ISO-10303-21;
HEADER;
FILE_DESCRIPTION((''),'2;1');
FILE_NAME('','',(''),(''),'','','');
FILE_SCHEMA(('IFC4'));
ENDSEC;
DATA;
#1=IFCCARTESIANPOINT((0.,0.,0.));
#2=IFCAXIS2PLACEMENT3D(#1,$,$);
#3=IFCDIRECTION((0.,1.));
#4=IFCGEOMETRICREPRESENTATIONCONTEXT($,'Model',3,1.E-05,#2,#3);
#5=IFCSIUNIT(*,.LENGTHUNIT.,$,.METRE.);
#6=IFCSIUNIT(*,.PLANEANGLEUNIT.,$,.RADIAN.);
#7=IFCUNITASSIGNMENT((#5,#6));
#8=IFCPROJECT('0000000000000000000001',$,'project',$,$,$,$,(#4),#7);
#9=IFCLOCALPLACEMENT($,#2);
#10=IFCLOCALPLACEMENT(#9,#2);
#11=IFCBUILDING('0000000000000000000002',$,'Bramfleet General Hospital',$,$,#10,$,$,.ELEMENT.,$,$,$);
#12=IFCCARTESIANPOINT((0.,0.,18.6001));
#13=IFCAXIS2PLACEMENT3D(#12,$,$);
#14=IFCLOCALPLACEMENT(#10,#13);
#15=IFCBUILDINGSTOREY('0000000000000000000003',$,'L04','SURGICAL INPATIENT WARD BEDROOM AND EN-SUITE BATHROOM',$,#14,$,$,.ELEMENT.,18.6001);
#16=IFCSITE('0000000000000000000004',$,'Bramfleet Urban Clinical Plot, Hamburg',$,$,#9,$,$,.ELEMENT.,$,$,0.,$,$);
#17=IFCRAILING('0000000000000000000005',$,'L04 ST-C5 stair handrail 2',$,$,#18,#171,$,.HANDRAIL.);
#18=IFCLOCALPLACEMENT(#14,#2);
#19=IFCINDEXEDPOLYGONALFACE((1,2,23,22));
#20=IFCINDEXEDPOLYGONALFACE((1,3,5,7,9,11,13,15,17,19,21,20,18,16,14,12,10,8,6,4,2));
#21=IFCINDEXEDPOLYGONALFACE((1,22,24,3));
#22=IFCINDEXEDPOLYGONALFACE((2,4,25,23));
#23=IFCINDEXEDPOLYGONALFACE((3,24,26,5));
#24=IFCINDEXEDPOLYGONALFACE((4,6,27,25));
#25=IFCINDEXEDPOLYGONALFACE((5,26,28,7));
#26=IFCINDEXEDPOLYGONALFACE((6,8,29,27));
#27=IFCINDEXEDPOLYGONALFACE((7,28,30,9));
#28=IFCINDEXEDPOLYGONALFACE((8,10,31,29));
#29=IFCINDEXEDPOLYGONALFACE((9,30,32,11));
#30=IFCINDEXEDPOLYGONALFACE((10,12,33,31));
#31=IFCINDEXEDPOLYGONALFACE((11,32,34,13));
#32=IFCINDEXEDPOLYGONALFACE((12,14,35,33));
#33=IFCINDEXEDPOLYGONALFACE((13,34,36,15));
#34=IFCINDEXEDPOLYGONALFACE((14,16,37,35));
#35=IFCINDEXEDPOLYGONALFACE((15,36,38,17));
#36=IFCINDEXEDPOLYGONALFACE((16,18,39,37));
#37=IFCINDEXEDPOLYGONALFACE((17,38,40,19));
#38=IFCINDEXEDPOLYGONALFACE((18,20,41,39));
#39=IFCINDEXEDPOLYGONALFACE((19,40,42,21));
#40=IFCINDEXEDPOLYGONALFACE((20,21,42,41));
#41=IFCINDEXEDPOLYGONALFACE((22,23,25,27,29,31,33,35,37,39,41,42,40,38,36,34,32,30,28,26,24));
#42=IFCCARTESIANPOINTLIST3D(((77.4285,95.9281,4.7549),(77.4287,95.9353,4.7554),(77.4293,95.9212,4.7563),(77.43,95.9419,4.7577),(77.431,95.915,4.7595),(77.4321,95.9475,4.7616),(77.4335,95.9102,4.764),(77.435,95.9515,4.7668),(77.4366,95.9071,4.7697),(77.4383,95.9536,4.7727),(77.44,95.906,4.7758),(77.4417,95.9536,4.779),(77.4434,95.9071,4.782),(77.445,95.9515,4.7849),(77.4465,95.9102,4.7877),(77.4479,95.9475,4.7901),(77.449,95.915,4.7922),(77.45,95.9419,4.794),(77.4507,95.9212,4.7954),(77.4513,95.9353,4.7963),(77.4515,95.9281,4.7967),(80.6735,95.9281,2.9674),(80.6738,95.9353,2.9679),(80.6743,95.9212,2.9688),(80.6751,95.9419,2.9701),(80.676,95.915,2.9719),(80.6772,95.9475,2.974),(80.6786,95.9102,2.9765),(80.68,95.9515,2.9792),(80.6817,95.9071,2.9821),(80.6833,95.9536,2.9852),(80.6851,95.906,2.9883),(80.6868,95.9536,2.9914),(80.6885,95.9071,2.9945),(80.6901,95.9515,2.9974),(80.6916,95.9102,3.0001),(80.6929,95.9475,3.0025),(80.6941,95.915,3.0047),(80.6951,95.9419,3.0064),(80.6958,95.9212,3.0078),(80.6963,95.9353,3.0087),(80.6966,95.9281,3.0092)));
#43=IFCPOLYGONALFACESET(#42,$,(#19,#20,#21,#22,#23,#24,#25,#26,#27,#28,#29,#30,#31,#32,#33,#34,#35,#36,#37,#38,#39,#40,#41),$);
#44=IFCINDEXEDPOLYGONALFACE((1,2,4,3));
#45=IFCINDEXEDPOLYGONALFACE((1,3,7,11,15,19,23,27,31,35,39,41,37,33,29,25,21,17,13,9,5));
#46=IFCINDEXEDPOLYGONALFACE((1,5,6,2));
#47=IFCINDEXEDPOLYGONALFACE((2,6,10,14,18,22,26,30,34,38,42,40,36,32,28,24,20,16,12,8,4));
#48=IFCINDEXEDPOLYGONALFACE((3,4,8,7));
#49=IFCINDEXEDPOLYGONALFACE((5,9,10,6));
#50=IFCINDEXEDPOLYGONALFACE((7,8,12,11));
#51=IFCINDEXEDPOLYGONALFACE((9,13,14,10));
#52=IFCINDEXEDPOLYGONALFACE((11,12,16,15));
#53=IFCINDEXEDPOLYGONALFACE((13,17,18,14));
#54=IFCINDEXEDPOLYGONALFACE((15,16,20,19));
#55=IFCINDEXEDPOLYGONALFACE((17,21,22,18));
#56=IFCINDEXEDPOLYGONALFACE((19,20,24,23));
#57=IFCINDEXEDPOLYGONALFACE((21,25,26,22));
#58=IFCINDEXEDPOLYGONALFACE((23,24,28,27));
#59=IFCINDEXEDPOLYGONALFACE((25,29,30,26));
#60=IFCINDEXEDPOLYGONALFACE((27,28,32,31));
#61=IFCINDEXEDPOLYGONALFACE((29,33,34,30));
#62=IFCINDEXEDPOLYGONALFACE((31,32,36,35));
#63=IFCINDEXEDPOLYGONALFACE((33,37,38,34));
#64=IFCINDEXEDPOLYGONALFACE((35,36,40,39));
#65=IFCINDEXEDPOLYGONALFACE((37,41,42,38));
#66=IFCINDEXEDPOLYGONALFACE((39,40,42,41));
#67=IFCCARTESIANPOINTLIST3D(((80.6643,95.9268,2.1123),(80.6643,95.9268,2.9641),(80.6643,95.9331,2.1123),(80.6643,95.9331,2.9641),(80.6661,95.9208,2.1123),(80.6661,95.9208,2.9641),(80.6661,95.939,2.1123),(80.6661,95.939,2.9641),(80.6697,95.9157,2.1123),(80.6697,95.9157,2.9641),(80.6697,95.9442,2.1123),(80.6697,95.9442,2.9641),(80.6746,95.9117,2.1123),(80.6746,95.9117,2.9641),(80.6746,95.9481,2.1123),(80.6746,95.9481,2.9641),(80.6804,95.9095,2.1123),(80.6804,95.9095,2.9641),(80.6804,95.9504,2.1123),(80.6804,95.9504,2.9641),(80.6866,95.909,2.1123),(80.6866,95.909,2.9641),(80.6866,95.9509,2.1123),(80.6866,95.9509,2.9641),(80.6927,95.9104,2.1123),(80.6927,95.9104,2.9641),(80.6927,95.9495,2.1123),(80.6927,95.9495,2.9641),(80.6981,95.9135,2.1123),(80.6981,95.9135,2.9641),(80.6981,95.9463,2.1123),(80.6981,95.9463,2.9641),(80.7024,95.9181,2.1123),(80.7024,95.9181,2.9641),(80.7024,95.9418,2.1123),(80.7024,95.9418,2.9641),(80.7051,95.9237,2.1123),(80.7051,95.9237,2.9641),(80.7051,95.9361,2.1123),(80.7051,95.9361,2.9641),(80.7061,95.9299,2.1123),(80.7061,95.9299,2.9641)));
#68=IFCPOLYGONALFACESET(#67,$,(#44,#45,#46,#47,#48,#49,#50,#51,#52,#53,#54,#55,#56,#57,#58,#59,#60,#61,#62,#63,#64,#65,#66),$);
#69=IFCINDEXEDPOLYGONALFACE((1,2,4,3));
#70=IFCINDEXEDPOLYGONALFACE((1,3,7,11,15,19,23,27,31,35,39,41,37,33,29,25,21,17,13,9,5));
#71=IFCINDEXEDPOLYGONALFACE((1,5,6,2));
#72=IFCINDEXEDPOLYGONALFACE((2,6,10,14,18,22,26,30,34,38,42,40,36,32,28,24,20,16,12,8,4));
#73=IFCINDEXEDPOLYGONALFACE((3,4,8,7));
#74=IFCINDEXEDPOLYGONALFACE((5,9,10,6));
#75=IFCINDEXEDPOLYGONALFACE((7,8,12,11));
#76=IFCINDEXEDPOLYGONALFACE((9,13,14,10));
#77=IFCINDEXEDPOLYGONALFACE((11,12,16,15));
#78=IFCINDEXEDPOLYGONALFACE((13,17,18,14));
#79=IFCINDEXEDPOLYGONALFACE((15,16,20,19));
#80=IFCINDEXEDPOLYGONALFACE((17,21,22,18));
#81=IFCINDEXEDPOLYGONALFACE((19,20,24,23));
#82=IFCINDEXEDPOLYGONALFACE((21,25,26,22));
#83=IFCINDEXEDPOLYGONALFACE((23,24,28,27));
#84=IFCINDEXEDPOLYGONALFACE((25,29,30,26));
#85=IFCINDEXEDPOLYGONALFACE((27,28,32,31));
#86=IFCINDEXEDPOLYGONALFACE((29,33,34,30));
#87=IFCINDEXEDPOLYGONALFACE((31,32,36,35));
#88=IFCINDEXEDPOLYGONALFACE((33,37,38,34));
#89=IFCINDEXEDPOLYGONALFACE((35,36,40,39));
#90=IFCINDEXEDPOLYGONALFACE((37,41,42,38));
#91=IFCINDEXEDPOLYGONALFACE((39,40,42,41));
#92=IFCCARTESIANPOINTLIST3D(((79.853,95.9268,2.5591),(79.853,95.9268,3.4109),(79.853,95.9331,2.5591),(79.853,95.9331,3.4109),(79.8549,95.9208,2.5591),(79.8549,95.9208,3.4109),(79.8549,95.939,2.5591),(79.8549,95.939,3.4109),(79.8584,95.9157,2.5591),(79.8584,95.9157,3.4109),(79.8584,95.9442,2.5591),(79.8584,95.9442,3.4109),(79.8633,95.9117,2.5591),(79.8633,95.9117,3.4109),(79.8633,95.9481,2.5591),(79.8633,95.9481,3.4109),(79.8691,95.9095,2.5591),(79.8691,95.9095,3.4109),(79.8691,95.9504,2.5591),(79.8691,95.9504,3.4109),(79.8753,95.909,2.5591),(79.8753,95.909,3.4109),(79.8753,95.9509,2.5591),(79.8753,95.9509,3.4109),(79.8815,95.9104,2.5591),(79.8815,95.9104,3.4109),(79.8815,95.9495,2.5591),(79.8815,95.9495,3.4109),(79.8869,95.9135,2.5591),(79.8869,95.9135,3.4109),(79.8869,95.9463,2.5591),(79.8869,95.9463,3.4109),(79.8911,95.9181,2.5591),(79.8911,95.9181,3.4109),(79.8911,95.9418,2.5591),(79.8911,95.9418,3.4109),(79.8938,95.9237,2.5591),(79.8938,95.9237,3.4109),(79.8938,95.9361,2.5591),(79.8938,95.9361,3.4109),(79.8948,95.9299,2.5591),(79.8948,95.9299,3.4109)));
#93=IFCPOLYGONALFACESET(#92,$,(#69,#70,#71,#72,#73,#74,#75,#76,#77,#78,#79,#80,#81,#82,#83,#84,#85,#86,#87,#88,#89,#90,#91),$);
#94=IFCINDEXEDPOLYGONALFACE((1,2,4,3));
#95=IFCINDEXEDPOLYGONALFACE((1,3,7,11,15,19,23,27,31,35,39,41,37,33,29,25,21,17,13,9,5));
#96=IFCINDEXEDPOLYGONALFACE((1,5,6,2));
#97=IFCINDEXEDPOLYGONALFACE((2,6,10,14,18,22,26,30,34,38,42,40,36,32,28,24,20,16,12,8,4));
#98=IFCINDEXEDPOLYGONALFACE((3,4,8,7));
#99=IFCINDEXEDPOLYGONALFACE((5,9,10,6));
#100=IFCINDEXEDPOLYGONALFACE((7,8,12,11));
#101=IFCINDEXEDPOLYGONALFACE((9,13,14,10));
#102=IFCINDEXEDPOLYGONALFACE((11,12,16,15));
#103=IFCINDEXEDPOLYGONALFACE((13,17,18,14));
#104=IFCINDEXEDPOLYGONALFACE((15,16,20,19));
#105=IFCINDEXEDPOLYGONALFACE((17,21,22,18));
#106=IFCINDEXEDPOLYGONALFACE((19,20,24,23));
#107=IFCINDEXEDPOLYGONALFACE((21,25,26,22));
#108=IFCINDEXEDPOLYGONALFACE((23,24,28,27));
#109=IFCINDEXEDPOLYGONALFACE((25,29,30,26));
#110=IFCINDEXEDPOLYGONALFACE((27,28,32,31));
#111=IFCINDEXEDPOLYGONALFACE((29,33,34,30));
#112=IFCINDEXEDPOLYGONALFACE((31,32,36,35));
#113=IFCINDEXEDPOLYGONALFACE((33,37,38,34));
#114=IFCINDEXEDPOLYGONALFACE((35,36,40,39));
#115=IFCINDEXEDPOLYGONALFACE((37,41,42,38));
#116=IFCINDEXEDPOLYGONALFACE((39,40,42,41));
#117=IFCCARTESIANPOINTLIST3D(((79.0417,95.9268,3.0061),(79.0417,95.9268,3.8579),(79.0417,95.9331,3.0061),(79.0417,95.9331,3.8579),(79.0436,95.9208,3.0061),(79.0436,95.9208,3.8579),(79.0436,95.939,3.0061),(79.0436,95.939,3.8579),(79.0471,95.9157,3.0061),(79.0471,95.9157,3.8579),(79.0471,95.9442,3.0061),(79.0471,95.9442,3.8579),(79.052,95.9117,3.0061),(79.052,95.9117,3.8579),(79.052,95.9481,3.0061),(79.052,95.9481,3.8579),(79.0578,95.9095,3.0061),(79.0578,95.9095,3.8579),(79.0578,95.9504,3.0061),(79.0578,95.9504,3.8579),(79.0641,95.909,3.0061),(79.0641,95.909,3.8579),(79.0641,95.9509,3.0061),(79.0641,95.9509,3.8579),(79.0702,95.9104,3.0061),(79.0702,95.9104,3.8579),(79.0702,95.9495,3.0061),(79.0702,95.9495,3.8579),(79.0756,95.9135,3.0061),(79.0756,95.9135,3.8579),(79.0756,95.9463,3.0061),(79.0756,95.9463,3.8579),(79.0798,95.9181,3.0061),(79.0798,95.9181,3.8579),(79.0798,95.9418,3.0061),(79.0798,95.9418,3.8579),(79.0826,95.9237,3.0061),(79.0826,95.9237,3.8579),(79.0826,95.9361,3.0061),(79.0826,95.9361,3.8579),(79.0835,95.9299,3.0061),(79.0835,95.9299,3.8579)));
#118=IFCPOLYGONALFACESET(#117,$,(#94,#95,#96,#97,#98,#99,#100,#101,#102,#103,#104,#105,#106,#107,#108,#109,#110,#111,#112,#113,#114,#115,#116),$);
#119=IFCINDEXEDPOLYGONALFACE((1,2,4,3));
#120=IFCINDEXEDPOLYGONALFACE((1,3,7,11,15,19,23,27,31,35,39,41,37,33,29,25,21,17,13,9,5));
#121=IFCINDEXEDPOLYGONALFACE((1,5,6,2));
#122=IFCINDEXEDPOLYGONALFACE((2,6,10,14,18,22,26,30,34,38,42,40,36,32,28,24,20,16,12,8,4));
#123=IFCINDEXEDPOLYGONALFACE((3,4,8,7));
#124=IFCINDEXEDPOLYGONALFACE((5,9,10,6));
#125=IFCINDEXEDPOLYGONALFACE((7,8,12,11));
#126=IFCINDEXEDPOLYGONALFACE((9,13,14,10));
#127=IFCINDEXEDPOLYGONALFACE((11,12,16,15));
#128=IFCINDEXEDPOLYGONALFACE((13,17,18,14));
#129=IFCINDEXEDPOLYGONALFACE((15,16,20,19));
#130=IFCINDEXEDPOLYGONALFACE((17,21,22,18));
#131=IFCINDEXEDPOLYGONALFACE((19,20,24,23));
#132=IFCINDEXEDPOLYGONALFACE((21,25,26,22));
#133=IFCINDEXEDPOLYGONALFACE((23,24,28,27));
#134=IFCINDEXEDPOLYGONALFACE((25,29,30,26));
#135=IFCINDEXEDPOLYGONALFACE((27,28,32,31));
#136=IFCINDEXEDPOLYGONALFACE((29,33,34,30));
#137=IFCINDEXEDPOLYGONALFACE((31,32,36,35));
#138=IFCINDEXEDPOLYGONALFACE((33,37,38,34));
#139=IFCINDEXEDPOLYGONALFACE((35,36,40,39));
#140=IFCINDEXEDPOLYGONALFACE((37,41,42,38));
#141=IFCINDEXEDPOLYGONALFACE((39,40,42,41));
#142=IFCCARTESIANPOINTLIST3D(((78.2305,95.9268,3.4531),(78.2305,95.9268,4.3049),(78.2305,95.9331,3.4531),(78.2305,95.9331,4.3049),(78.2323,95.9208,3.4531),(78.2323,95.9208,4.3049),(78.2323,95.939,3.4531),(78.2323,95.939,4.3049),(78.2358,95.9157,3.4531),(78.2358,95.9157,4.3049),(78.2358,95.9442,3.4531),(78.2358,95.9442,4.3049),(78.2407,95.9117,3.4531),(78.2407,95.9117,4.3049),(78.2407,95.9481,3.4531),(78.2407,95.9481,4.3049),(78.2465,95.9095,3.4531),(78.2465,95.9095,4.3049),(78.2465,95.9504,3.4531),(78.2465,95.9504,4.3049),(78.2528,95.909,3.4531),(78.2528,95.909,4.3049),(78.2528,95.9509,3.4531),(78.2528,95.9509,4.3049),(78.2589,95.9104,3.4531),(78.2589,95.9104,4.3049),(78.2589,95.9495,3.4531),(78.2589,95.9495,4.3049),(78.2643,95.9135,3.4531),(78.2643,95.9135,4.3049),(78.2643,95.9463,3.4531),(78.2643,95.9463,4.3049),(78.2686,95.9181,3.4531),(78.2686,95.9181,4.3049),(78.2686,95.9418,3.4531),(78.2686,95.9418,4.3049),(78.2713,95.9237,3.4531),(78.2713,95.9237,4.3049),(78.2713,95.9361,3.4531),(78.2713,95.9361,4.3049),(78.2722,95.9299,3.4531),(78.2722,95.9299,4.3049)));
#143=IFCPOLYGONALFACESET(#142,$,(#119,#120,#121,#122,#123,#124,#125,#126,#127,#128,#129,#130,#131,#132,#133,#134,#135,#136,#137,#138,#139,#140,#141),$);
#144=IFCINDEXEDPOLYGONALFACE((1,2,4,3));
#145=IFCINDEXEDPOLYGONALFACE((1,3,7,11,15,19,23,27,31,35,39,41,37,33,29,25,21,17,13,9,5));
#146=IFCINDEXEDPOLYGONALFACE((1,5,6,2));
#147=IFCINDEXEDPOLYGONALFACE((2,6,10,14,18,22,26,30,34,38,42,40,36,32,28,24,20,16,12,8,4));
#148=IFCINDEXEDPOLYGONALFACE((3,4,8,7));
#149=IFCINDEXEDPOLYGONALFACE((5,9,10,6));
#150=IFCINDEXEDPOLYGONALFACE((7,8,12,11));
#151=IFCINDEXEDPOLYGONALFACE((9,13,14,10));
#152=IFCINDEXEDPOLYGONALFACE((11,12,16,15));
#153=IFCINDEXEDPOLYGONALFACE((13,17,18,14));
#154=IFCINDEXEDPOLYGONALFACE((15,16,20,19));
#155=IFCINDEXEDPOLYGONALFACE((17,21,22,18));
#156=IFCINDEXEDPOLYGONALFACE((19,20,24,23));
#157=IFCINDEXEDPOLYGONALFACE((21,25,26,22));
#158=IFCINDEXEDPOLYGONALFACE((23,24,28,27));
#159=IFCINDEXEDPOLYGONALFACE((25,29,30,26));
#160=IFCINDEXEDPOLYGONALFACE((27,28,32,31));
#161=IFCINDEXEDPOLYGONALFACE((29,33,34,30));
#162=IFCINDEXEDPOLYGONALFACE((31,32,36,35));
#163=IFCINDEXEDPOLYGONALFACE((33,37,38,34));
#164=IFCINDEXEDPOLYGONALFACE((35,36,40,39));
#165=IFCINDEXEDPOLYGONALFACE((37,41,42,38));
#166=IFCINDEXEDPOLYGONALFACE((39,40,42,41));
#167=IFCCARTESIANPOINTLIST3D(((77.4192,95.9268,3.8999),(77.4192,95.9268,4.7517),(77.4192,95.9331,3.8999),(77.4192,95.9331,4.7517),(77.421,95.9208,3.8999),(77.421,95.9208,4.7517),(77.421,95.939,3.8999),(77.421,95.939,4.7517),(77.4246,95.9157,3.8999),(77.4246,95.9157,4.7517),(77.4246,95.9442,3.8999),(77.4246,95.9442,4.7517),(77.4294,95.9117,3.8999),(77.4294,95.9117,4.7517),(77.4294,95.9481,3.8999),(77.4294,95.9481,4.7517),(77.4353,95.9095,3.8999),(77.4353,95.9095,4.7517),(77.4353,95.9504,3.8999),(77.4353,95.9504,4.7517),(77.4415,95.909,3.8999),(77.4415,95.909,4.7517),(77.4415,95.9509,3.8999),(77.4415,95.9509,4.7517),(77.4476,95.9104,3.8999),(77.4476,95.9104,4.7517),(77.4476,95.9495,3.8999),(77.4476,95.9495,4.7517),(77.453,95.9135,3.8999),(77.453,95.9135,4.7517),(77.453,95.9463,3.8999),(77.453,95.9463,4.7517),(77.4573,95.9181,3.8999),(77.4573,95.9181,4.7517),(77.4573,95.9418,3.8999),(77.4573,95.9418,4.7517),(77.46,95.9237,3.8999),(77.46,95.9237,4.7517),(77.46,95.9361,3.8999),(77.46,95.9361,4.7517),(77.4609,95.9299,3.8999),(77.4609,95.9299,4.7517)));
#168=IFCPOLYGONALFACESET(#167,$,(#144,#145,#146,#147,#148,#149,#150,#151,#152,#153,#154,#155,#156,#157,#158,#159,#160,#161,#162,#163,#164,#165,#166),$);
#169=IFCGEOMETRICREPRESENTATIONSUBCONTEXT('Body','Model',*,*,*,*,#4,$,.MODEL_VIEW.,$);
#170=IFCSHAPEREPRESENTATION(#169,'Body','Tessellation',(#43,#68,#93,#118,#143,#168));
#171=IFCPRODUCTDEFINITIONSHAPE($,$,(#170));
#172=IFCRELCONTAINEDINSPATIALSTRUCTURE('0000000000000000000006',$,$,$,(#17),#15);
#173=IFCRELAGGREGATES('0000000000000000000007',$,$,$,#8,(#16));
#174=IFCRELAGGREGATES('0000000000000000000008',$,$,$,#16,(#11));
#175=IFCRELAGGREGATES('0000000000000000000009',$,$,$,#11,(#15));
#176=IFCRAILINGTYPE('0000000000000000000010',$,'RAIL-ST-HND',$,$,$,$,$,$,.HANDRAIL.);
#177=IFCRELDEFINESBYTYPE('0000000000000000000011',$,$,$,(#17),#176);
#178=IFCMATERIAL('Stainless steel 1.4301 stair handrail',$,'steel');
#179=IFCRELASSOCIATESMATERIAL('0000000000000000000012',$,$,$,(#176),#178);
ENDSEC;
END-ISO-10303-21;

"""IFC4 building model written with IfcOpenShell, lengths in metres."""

from ifc_helpers import new_model, si_unit, direction, frame, origin, origin_2d, place, context, subcontext, project, spatial, circle, extrude, material, type_object, element, save


model = new_model("IFC4")

# Units and contexts
model_context = context("Model", 3, precision=1e-05, world=origin(), true_north=direction((0.0, 1.0)))
body_context = subcontext(model_context, "Body", "Model", "MODEL_VIEW")
ifc_project = project(units=[si_unit("LENGTHUNIT", "METRE"), si_unit("PLANEANGLEUNIT", "RADIAN")], contexts=[model_context])

# Site, building, storey
site_placement = place(None, origin())
site = spatial("IfcSite", under=ifc_project, at=site_placement, Name="Bramfleet Urban Clinical Plot, Hamburg", CompositionType="ELEMENT", RefElevation=0.0)
building_placement = place(site_placement, origin())
building = spatial("IfcBuilding", under=site, at=building_placement, Name="Bramfleet General Hospital", CompositionType="ELEMENT")
storey_placement = place(building_placement, frame((0.0, 0.0, 18.6001)))
storey = spatial("IfcBuildingStorey", under=building, at=storey_placement, Name="L04", Description="SURGICAL INPATIENT WARD BEDROOM AND EN-SUITE BATHROOM", CompositionType="ELEMENT", Elevation=18.6001)

# Railing
ifc_material_1 = material(Name="Stainless steel 1.4301 stair handrail", Category="steel")
railing_type = type_object("IfcRailingType", Name="RAIL-ST-HND", PredefinedType="HANDRAIL", material=ifc_material_1)
railing_placement = place(storey_placement, frame((80.6851, 95.9299, 2.1123)))
element("IfcRailing", 1, at=railing_placement, inside=storey, type_object=railing_type, Name="L04 ST-C5 stair handrail 2", PredefinedType="HANDRAIL", context=body_context, shape_type="SweptSolid", body=[
    extrude(circle(Radius=0.0239, at=origin_2d()), frame((0.0, 0.0, 0.876), z_axis=(-0.875899, 0.0, 0.482495), x_axis=(0.0, -1.0, 0.0)), (0.0, 0.0, 1.0), 3.7048),
    extrude(circle(Radius=0.021, at=origin_2d()), origin(), (0.0, 0.0, 1.0), 0.8518),
    extrude(circle(Radius=0.021, at=origin_2d()), frame((-0.8113, 0.0, 0.4468)), (0.0, 0.0, 1.0), 0.8518),
    extrude(circle(Radius=0.021, at=origin_2d()), frame((-1.6226, 0.0, 0.8938)), (0.0, 0.0, 1.0), 0.8518),
    extrude(circle(Radius=0.021, at=origin_2d()), frame((-2.4338, 0.0, 1.3408)), (0.0, 0.0, 1.0), 0.8518),
    extrude(circle(Radius=0.021, at=origin_2d()), frame((-3.2451, 0.0, 1.7876)), (0.0, 0.0, 1.0), 0.8518),
])

save(model, "model.ifc")
